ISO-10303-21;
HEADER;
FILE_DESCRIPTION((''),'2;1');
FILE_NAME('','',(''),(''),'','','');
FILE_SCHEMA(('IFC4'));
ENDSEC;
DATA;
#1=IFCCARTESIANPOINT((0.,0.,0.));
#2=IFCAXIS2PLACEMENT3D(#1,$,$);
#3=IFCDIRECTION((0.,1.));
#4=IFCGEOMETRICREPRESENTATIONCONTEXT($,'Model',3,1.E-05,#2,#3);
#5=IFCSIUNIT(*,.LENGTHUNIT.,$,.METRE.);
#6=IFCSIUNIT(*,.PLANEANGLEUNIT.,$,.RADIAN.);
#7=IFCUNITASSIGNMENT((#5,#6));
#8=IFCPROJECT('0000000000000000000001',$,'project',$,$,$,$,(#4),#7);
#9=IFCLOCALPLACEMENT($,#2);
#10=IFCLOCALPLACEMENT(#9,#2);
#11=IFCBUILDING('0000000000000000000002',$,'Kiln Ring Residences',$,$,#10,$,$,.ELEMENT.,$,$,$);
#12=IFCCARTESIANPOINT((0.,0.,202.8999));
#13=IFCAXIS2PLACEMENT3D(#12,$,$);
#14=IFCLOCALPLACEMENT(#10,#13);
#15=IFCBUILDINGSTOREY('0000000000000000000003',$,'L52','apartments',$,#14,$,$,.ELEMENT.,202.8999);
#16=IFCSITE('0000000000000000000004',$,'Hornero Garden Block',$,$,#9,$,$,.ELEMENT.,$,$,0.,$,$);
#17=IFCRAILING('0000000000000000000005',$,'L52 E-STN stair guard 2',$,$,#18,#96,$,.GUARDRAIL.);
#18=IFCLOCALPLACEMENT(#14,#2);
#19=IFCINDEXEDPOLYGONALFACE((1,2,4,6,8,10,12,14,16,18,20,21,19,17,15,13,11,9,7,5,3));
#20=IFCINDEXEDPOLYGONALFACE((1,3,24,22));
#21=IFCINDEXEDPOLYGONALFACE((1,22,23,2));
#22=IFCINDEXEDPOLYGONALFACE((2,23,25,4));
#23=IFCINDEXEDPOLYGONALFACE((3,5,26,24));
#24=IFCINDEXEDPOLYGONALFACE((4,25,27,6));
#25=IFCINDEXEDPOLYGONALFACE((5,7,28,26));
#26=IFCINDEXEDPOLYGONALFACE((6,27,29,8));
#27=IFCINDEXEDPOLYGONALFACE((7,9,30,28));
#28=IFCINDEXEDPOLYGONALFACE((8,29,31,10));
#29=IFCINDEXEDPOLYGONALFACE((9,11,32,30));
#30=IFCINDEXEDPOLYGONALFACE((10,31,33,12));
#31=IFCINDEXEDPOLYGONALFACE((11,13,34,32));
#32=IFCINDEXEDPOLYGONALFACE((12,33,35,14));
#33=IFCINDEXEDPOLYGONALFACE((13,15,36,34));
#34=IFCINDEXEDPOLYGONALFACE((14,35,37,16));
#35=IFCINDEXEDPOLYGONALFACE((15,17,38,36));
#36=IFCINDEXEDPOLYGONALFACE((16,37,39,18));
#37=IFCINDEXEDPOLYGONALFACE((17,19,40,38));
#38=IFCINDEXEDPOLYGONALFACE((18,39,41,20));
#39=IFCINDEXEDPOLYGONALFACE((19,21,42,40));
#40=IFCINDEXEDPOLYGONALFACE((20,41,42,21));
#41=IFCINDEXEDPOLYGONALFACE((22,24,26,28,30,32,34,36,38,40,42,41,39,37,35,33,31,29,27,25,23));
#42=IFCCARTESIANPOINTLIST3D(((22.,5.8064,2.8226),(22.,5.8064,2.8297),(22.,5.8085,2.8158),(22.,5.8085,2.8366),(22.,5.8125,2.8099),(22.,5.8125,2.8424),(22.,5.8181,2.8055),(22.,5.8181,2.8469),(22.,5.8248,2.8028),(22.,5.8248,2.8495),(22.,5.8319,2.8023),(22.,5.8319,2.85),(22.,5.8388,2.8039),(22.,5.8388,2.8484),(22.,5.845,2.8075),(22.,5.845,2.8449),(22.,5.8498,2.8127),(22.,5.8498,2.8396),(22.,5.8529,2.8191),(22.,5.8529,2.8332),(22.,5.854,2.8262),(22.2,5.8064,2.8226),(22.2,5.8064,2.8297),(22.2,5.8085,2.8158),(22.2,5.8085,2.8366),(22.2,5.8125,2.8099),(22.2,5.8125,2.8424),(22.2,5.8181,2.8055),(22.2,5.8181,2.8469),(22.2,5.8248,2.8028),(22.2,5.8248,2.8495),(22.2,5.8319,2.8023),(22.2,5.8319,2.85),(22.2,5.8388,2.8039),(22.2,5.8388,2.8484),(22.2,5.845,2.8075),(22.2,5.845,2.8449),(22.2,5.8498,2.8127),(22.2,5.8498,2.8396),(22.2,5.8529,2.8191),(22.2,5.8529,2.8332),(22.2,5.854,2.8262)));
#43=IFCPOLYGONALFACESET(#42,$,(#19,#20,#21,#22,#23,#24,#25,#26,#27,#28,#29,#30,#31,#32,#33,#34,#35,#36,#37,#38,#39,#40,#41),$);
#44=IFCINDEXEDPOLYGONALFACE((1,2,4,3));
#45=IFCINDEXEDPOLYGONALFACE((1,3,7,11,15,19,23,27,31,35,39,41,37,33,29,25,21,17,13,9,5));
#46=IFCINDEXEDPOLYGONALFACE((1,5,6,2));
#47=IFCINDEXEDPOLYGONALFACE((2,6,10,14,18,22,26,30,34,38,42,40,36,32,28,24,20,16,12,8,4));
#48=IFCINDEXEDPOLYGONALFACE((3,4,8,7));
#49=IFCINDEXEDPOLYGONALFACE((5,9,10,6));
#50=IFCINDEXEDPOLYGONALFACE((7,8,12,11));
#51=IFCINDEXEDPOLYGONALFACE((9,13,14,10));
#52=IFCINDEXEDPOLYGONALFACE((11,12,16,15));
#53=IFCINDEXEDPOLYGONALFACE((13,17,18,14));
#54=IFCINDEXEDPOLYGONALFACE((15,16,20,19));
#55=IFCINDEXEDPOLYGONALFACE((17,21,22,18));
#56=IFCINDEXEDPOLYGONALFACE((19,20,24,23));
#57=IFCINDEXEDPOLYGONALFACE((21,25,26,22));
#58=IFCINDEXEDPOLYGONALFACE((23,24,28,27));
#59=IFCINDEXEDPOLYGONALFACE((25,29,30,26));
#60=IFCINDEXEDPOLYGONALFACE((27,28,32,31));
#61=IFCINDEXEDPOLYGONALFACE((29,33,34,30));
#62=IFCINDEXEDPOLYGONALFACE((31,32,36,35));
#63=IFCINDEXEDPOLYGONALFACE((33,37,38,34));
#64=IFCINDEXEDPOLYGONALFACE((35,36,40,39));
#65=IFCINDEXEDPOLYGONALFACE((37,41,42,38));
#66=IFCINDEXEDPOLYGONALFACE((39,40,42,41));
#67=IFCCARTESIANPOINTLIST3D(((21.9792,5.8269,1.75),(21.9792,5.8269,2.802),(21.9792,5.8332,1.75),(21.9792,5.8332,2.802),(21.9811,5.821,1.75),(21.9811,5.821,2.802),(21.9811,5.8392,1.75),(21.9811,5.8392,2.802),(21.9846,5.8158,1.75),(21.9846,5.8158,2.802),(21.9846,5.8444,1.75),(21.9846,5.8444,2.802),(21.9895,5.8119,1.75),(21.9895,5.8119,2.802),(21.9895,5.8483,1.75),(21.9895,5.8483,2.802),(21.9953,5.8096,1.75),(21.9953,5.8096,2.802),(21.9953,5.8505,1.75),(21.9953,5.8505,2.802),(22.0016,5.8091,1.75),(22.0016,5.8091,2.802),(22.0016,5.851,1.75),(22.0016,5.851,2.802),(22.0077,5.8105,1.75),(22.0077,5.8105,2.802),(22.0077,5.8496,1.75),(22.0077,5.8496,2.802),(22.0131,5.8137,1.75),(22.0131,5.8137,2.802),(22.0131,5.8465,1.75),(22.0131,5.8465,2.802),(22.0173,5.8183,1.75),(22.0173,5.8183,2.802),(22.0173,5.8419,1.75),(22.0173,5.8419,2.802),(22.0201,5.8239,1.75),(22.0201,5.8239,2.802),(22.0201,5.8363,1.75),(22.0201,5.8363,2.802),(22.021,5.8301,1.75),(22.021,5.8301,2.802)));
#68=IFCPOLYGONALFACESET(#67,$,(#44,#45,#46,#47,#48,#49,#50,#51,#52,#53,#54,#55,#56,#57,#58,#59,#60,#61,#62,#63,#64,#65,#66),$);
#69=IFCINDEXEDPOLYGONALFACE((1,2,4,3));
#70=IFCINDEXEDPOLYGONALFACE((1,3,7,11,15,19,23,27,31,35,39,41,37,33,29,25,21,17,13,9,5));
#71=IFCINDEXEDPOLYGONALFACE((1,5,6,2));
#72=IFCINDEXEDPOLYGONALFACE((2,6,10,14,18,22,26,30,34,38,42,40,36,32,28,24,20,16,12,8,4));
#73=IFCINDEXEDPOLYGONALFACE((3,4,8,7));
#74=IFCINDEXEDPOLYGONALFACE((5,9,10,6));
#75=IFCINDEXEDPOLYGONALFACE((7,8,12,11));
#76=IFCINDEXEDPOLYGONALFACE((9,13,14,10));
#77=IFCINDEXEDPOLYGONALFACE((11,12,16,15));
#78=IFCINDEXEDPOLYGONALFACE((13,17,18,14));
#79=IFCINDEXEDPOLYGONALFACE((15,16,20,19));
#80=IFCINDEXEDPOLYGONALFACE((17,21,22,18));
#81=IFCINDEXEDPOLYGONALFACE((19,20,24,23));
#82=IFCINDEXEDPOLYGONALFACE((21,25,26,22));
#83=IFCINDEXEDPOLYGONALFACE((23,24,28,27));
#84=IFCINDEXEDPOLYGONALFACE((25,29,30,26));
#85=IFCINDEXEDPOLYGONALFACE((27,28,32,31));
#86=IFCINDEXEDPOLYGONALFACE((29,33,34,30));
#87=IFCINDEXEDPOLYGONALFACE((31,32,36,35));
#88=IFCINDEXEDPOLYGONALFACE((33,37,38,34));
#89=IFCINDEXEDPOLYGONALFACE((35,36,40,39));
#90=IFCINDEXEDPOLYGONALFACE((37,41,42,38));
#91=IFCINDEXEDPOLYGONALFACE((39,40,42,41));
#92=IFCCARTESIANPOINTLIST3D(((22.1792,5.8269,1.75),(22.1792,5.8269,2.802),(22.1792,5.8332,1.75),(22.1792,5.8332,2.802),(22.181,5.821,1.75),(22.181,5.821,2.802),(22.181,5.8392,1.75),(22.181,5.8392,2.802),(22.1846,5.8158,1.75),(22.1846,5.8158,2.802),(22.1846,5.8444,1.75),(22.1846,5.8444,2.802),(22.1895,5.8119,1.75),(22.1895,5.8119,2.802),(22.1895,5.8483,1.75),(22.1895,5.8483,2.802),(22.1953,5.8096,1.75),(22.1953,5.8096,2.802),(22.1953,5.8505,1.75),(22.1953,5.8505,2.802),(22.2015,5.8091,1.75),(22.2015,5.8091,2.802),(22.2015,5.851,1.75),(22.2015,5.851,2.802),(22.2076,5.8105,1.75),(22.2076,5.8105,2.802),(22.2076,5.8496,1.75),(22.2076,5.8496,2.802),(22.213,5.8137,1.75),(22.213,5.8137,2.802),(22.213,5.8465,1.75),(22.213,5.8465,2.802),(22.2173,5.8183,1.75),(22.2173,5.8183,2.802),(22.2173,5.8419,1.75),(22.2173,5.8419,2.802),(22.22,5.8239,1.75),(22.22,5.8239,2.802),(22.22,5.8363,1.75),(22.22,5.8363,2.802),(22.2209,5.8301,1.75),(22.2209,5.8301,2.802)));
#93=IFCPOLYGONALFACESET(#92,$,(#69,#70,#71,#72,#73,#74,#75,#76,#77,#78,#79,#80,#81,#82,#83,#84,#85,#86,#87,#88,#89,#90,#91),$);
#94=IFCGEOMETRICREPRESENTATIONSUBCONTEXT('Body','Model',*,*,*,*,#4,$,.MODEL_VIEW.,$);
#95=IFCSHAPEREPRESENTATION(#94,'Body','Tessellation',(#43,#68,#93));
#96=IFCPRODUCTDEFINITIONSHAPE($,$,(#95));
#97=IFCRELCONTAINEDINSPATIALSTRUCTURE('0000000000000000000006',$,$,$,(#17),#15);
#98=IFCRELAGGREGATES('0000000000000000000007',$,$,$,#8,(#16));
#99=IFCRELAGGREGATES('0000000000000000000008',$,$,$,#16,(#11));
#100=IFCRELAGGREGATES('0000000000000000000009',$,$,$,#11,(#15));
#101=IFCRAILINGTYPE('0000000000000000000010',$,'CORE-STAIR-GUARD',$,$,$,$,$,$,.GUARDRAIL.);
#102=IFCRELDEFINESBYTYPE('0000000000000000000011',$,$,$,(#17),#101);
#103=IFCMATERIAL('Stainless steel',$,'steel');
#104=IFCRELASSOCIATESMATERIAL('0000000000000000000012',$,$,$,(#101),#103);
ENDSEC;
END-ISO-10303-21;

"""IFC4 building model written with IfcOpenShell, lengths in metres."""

from ifc_helpers import new_model, si_unit, direction, frame, origin, origin_2d, place, context, subcontext, project, spatial, circle, extrude, material, type_object, element, save


model = new_model("IFC4")

# Units and contexts
model_context = context("Model", 3, precision=1e-05, world=origin(), true_north=direction((0.0, 1.0)))
body_context = subcontext(model_context, "Body", "Model", "MODEL_VIEW")
ifc_project = project(units=[si_unit("LENGTHUNIT", "METRE"), si_unit("PLANEANGLEUNIT", "RADIAN")], contexts=[model_context])

# Site, building, storey
site_placement = place(None, origin())
site = spatial("IfcSite", under=ifc_project, at=site_placement, Name="Hornero Garden Block", CompositionType="ELEMENT", RefElevation=0.0)
building_placement = place(site_placement, origin())
building = spatial("IfcBuilding", under=site, at=building_placement, Name="Kiln Ring Residences", CompositionType="ELEMENT")
storey_placement = place(building_placement, frame((0.0, 0.0, 202.8999)))
storey = spatial("IfcBuildingStorey", under=building, at=storey_placement, Name="L52", Description="apartments", CompositionType="ELEMENT", Elevation=202.8999)

# Railing
ifc_material_1 = material(Name="Stainless steel", Category="steel")
railing_type_1 = type_object("IfcRailingType", Name="CORE-STAIR-GUARD", PredefinedType="GUARDRAIL", material=ifc_material_1)
railing_1_placement = place(storey_placement, frame((22.0, 5.8301, 1.75)))
element("IfcRailing", 1, at=railing_1_placement, inside=storey, type_object=railing_type_1, Name="L52 E-STN stair guard 2", PredefinedType="GUARDRAIL", context=body_context, shape_type="SweptSolid", body=[
    extrude(circle(Radius=0.0239, at=origin_2d()), frame((0.0, 0.0, 1.0762), z_axis=(1.0, 0.0, 0.0), x_axis=(0.0, 1.0, 0.0)), (0.0, 0.0, 1.0), 0.2),
    extrude(circle(Radius=0.021, at=origin_2d()), origin(), (0.0, 0.0, 1.0), 1.052),
    extrude(circle(Radius=0.021, at=origin_2d()), frame((0.2, 0.0, 0.0)), (0.0, 0.0, 1.0), 1.052),
])

save(model, "model.ifc")
